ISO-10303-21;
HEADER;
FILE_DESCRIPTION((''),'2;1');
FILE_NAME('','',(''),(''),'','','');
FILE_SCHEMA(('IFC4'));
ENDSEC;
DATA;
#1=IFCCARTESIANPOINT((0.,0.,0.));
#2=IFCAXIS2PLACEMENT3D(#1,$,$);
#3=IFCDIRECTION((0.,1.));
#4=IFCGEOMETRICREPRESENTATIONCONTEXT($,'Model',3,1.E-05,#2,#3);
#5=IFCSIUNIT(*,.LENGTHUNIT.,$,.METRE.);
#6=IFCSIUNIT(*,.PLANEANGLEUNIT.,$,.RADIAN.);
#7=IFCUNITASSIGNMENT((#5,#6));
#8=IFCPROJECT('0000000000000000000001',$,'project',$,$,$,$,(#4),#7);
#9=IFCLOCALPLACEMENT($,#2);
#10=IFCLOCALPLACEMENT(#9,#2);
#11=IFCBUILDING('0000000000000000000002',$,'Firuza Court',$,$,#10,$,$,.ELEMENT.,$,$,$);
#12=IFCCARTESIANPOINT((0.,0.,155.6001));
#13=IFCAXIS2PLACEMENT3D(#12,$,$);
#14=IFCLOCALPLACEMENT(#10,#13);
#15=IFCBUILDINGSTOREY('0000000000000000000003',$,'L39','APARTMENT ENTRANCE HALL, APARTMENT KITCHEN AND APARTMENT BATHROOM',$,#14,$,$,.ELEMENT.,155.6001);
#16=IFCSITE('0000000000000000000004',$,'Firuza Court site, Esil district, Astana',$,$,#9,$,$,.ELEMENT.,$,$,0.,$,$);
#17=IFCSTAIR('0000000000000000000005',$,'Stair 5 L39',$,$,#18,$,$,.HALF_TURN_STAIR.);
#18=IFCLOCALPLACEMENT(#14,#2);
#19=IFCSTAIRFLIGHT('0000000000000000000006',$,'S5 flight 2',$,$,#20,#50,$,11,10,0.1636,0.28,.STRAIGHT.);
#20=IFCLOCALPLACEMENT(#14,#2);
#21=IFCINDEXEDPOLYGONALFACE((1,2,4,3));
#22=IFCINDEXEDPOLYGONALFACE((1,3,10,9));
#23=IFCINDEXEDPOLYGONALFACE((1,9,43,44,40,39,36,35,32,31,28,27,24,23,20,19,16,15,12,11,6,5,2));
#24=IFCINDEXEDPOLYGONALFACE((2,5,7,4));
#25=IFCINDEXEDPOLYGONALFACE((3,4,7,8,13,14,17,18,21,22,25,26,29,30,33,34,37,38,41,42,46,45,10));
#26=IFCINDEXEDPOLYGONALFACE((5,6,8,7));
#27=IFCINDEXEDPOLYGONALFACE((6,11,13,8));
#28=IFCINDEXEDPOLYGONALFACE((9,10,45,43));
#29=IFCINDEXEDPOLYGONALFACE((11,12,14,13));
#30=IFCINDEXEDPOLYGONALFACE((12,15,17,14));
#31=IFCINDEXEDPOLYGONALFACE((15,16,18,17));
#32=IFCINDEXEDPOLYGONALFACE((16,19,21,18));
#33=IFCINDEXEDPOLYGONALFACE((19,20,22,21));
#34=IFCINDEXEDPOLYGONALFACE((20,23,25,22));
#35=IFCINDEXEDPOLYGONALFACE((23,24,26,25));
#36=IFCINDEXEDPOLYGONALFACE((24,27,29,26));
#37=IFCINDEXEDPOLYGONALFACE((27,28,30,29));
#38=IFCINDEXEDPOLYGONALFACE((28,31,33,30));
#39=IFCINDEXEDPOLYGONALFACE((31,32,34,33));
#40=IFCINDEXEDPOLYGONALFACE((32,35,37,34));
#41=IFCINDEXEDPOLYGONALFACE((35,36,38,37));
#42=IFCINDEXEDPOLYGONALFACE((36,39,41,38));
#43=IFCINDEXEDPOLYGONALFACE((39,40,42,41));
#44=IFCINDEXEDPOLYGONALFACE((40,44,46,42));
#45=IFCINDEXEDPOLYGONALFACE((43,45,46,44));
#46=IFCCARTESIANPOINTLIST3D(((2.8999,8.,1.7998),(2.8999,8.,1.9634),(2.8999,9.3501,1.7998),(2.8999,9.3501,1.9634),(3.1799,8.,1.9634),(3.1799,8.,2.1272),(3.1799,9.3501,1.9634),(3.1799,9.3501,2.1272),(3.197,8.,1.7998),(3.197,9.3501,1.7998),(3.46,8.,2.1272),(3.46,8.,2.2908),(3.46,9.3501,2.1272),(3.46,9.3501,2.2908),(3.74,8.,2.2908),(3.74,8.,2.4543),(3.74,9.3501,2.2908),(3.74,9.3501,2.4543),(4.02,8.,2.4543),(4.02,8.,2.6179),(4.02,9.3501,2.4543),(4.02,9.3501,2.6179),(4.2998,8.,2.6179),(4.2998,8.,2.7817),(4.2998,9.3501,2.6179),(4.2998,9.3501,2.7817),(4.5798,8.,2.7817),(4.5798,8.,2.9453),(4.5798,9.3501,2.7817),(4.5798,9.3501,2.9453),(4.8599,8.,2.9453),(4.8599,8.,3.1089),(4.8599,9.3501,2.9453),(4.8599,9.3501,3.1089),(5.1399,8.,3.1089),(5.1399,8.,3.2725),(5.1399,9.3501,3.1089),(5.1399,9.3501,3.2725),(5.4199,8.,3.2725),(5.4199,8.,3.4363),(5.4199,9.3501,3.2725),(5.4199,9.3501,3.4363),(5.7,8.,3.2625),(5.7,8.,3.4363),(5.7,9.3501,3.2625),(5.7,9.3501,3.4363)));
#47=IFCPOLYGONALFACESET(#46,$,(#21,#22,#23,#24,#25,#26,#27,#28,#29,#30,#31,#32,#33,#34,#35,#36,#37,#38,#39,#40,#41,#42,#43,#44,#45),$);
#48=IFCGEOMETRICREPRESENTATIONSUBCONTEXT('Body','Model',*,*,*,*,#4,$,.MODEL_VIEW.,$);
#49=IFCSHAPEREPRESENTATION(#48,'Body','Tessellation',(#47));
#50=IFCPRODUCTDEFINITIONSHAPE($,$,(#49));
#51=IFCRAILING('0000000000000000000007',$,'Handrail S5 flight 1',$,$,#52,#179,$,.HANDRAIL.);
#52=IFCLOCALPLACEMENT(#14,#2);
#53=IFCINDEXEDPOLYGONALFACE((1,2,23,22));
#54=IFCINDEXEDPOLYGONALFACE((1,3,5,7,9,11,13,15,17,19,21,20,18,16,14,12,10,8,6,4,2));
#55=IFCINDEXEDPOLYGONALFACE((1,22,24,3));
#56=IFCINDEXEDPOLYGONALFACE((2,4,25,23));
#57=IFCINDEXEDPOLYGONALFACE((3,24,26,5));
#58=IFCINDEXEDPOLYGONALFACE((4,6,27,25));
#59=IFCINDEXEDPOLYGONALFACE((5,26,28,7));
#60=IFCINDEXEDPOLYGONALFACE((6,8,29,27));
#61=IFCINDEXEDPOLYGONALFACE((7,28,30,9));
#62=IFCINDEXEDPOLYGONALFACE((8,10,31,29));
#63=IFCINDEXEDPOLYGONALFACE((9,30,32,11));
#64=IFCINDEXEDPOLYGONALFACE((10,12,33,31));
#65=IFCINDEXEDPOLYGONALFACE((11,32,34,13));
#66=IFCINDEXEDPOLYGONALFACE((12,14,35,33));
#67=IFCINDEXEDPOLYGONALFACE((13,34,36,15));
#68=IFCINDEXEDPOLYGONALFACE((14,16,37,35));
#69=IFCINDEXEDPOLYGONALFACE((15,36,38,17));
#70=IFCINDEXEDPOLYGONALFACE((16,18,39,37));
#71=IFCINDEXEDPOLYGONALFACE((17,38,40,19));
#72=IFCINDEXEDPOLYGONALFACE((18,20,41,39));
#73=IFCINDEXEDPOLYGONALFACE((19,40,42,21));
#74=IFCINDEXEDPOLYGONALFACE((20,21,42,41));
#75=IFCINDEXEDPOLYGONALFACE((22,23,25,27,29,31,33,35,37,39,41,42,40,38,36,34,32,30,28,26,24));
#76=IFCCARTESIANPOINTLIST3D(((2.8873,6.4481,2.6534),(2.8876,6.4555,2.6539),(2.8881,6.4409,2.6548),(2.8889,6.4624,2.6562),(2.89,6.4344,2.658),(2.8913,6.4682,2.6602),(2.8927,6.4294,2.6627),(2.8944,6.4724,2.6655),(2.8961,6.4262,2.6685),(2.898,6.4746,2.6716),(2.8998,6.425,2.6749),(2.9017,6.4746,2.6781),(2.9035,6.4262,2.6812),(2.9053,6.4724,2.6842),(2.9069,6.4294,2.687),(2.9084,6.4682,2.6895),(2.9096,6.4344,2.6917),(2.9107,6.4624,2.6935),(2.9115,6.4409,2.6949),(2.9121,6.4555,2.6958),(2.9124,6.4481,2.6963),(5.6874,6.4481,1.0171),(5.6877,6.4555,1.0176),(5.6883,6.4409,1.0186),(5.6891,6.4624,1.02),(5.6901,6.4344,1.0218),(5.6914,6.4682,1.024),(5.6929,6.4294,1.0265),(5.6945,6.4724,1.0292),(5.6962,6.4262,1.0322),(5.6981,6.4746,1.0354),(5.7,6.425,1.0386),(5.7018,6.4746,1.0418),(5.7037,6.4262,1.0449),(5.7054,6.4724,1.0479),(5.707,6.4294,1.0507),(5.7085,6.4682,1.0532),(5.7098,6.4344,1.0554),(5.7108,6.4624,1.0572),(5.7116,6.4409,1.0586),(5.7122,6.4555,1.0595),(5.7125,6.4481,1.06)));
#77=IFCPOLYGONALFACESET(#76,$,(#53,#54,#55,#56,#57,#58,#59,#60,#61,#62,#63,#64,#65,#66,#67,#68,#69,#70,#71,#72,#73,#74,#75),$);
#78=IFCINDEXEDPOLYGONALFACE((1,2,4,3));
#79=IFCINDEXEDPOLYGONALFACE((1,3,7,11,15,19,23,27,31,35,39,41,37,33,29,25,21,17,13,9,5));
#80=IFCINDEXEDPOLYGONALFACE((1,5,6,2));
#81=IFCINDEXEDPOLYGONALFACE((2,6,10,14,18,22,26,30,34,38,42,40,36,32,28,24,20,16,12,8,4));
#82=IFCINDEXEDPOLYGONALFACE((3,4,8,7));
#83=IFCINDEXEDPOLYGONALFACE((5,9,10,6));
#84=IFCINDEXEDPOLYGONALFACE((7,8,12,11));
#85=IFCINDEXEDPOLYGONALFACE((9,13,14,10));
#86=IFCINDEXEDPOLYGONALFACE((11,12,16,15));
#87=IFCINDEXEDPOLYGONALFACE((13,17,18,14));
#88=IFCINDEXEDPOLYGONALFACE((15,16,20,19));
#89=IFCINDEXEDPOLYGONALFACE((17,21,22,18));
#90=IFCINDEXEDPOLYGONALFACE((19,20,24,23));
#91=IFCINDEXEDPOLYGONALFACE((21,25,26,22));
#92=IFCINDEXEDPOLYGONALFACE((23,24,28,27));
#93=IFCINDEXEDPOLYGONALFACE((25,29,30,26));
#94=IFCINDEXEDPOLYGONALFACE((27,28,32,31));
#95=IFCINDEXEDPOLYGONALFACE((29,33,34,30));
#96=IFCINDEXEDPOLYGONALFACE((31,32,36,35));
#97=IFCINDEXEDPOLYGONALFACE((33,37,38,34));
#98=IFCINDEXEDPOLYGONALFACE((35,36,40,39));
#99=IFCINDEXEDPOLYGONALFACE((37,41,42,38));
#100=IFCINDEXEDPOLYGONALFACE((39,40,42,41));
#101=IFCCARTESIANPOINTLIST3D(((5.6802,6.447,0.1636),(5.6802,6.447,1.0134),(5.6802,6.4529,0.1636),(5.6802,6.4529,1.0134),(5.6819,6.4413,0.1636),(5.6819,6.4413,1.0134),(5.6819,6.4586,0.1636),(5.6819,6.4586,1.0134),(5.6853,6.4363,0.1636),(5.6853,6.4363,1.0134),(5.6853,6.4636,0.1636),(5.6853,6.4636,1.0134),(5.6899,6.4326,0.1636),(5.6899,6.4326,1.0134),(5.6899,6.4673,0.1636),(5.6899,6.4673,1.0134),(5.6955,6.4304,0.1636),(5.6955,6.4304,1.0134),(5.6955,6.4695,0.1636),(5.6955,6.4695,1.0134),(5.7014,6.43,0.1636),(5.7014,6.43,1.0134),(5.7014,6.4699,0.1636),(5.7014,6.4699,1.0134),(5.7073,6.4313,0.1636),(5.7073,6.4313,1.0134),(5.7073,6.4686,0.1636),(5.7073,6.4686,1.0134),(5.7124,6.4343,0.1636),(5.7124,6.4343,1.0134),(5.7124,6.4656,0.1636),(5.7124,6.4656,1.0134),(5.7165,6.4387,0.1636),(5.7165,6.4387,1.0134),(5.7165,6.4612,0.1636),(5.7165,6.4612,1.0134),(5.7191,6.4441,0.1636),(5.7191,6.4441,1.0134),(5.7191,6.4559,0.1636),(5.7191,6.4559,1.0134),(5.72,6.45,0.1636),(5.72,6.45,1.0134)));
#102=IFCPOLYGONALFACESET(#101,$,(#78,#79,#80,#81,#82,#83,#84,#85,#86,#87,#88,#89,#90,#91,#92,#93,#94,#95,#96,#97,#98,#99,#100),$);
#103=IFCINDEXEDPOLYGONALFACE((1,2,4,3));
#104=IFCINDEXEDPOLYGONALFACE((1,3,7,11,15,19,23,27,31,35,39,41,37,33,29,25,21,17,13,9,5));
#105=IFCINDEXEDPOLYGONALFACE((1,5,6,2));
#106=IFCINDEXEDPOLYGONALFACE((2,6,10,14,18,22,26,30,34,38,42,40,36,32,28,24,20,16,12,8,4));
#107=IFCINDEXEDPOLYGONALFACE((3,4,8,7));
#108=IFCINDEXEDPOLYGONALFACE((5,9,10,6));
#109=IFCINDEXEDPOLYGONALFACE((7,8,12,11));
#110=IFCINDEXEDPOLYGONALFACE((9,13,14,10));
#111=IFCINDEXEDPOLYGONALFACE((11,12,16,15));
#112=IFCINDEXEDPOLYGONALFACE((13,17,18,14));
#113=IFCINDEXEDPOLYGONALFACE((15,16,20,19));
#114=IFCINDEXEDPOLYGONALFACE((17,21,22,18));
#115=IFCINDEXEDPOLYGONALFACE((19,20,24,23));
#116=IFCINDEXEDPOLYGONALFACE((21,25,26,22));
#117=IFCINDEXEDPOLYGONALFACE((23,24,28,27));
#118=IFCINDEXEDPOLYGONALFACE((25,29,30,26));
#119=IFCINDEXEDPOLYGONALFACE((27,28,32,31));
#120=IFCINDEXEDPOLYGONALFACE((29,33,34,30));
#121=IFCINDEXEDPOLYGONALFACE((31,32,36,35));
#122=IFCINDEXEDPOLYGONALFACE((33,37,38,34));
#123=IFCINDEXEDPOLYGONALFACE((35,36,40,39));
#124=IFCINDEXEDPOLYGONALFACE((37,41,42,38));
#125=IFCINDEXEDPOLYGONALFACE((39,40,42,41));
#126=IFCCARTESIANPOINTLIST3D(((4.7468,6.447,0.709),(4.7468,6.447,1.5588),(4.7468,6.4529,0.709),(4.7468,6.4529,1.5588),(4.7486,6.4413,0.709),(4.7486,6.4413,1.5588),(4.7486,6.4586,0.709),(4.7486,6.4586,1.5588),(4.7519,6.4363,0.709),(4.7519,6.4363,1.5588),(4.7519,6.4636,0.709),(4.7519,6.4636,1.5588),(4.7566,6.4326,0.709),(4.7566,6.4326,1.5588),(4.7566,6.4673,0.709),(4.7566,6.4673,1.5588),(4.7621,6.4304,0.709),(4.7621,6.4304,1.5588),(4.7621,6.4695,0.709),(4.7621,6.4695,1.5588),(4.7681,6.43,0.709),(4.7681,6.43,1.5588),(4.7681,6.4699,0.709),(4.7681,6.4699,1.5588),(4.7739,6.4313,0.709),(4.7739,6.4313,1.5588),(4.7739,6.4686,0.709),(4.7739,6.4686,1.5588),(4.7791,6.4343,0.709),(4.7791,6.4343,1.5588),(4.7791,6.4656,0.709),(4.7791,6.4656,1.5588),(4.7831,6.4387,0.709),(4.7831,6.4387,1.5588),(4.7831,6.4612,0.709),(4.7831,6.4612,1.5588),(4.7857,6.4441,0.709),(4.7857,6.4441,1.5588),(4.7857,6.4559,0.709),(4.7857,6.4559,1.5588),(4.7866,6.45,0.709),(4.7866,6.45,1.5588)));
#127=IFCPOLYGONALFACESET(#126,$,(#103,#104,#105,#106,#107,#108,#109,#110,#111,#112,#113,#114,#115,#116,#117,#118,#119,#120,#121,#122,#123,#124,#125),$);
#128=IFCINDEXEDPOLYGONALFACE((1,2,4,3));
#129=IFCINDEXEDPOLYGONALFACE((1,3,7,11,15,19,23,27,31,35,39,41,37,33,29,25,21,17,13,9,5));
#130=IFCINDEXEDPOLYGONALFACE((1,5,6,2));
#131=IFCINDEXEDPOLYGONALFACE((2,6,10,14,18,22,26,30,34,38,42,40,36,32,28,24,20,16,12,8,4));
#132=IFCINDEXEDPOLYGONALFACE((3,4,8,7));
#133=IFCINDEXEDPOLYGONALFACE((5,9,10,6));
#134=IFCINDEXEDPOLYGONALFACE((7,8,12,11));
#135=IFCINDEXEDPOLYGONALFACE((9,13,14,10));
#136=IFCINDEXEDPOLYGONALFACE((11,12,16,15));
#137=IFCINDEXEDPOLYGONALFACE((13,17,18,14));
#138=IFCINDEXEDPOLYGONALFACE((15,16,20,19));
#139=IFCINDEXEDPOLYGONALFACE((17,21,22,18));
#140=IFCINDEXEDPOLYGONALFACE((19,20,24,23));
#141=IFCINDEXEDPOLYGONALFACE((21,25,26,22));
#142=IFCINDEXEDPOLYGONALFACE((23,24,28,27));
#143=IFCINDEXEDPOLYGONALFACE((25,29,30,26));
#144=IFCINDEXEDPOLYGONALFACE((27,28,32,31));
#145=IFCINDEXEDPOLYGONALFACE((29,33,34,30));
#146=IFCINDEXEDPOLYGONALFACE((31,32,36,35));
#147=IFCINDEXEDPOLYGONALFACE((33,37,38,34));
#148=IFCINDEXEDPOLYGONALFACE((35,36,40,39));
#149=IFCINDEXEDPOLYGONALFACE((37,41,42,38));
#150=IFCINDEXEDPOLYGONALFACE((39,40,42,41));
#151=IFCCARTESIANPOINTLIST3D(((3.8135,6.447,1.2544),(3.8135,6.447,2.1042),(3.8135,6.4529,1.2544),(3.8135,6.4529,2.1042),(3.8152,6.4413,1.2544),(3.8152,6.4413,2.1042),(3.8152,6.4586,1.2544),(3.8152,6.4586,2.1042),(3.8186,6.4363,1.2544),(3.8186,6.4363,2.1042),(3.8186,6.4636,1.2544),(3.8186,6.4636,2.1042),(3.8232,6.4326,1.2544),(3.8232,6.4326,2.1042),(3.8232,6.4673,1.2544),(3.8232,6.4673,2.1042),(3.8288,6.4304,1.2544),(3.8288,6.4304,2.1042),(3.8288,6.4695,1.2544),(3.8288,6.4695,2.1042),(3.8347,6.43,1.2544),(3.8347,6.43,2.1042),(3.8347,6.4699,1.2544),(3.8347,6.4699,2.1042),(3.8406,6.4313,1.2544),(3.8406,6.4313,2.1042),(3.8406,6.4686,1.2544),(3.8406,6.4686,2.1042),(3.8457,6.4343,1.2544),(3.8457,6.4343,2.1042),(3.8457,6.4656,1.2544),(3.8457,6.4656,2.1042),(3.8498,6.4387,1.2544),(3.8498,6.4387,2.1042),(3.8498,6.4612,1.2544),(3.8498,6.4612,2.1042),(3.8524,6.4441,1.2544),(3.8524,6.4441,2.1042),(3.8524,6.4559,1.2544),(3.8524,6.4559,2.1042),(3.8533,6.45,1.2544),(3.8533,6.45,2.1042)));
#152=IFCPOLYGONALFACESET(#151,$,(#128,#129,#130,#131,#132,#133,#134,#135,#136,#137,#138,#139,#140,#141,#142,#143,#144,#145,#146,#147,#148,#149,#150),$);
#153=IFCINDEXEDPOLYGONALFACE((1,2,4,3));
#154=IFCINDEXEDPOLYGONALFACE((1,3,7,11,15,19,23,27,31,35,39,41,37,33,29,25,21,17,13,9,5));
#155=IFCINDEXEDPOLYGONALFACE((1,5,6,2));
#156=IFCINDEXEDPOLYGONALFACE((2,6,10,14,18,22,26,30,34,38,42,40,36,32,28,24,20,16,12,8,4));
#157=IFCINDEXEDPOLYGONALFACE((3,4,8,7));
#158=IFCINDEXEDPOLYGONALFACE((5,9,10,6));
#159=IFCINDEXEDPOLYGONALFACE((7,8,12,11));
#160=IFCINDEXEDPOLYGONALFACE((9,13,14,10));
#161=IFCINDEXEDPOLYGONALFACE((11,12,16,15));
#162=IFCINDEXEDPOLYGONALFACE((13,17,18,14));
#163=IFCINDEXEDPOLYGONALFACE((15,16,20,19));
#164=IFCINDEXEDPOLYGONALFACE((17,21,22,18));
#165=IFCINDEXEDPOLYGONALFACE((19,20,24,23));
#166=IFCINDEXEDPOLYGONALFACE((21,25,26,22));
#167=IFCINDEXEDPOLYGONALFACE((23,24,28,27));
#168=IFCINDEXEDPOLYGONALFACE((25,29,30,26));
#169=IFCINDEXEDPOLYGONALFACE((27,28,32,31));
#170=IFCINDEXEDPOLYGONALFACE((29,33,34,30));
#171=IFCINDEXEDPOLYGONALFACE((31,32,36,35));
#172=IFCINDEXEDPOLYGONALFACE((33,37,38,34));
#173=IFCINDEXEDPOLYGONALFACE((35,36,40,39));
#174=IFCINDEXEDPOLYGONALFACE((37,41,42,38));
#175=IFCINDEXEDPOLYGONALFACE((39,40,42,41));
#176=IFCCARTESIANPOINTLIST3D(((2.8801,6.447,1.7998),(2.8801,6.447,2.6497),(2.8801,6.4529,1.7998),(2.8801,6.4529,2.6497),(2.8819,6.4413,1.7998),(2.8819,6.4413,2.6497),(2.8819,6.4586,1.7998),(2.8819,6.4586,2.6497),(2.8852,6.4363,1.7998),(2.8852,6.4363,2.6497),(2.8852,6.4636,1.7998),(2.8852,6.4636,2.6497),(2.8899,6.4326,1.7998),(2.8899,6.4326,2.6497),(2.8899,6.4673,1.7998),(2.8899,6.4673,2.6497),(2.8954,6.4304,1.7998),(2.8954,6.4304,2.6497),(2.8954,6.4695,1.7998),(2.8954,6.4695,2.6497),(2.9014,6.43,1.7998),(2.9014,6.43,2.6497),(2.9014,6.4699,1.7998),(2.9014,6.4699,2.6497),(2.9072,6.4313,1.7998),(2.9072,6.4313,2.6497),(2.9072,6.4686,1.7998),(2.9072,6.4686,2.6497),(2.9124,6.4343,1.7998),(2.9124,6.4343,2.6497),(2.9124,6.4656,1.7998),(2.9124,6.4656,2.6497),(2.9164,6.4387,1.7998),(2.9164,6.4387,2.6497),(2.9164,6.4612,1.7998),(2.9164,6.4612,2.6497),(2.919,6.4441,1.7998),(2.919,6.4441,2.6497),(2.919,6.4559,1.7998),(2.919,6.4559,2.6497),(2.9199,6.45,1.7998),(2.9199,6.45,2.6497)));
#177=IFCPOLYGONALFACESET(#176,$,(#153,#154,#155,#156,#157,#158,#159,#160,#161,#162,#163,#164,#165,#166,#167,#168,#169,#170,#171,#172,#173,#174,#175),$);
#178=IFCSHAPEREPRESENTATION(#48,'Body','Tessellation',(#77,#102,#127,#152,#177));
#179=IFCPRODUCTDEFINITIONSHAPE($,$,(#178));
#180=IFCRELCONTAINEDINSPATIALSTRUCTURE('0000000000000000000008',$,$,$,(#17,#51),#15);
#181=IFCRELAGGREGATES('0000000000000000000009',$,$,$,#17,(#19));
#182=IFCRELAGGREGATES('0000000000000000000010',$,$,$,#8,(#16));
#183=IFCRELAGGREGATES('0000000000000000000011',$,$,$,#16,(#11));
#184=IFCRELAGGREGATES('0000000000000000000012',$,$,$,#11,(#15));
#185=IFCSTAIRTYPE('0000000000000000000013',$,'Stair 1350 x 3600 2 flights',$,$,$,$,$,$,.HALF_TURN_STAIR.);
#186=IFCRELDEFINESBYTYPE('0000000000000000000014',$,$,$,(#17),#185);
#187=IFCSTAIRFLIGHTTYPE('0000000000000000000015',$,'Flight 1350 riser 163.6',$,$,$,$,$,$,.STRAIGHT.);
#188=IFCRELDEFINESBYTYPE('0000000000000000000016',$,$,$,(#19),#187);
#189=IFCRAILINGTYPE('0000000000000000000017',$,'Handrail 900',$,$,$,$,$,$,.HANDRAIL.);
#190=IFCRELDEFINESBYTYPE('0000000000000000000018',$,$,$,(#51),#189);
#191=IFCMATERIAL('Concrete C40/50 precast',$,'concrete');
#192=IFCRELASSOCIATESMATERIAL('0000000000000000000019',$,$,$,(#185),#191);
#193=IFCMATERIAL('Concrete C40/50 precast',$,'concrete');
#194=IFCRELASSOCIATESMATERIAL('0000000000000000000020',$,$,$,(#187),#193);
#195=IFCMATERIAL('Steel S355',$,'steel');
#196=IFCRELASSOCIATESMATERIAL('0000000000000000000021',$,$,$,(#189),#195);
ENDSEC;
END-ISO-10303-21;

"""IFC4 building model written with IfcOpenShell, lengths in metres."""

from ifc_helpers import new_model, si_unit, direction, frame, origin, origin_2d, place, context, subcontext, project, spatial, polyline, circle, outline, extrude, material, type_object, element, aggregate, save


model = new_model("IFC4")

# Units and contexts
model_context = context("Model", 3, precision=1e-05, world=origin(), true_north=direction((0.0, 1.0)))
body_context = subcontext(model_context, "Body", "Model", "MODEL_VIEW")
ifc_project = project(units=[si_unit("LENGTHUNIT", "METRE"), si_unit("PLANEANGLEUNIT", "RADIAN")], contexts=[model_context])

# Site, building, storey
site_placement = place(None, origin())
site = spatial("IfcSite", under=ifc_project, at=site_placement, Name="Firuza Court site, Esil district, Astana", CompositionType="ELEMENT", RefElevation=0.0)
building_placement = place(site_placement, origin())
building = spatial("IfcBuilding", under=site, at=building_placement, Name="Firuza Court", CompositionType="ELEMENT")
storey_placement = place(building_placement, frame((0.0, 0.0, 155.6001)))
storey = spatial("IfcBuildingStorey", under=building, at=storey_placement, Name="L39", Description="APARTMENT ENTRANCE HALL, APARTMENT KITCHEN AND APARTMENT BATHROOM", CompositionType="ELEMENT", Elevation=155.6001)

# Stair, stair flight
ifc_material_1 = material(Name="Concrete C40/50 precast", Category="concrete")
stair_type = type_object("IfcStairType", Name="Stair 1350 x 3600 2 flights", PredefinedType="HALF_TURN_STAIR", material=ifc_material_1)
stair_placement = place(storey_placement, origin())
stair = element("IfcStair", 1, at=stair_placement, inside=storey, type_object=stair_type, Name="Stair 5 L39", PredefinedType="HALF_TURN_STAIR")
ifc_material_2 = material(Name="Concrete C40/50 precast", Category="concrete")
stair_flight_type = type_object("IfcStairFlightType", Name="Flight 1350 riser 163.6", PredefinedType="STRAIGHT", material=ifc_material_2)
stair_flight_1_placement = place(storey_placement, frame((2.8999, 8.675, 1.7998), z_axis=(0.0, 0.0, 1.0), x_axis=(1.0, 0.0, 0.0)))
stair_flight_1 = element("IfcStairFlight", 2, at=stair_flight_1_placement, type_object=stair_flight_type, Name="S5 flight 2", NumberOfRisers=11, NumberOfTreads=10, PredefinedType="STRAIGHT", RiserHeight=0.1636, TreadLength=0.28, context=body_context, shape_type="SweptSolid", body=[
    extrude(outline(polyline([(0.0, 0.0), (0.0, 0.1636), (0.28, 0.1636), (0.28, 0.3274), (0.5601, 0.3274), (0.5601, 0.491), (0.8401, 0.491), (0.8401, 0.6545), (1.1201, 0.6545), (1.1201, 0.8181), (1.3999, 0.8181), (1.3999, 0.9819), (1.6799, 0.9819), (1.6799, 1.1455), (1.96, 1.1455), (1.96, 1.3091), (2.24, 1.3091), (2.24, 1.4727), (2.52, 1.4727), (2.52, 1.6365), (2.8, 1.6365), (2.8, 1.8), (2.8, 1.4626), (0.2971, 0.0), (0.0, 0.0)])), frame((0.0, 0.675, 0.0), z_axis=(0.0, -1.0, 0.0), x_axis=(1.0, 0.0, 0.0)), (0.0, 0.0, 1.0), 1.3501),
])
aggregate(stair, [stair_flight_1])

# Railing
ifc_material_3 = material(Name="Steel S355", Category="steel")
railing_type_1 = type_object("IfcRailingType", Name="Handrail 900", PredefinedType="HANDRAIL", material=ifc_material_3)
railing_1_placement = place(storey_placement, frame((5.7, 6.45, 0.1636)))
element("IfcRailing", 3, at=railing_1_placement, inside=storey, type_object=railing_type_1, Name="Handrail S5 flight 1", PredefinedType="HANDRAIL", context=body_context, shape_type="SweptSolid", body=[
    extrude(circle(Radius=0.0249, at=origin_2d()), frame((0.0, 0.0, 0.875), z_axis=(-0.863394, 0.0, 0.504531), x_axis=(0.0, -1.0, 0.0)), (0.0, 0.0, 1.0), 3.2432),
    extrude(circle(Radius=0.02, at=origin_2d()), origin(), (0.0, 0.0, 1.0), 0.8499),
    extrude(circle(Radius=0.02, at=origin_2d()), frame((-0.9333, 0.0, 0.5454)), (0.0, 0.0, 1.0), 0.8499),
    extrude(circle(Radius=0.02, at=origin_2d()), frame((-1.8667, 0.0, 1.0908)), (0.0, 0.0, 1.0), 0.8499),
    extrude(circle(Radius=0.02, at=origin_2d()), frame((-2.8, 0.0, 1.6362)), (0.0, 0.0, 1.0), 0.8499),
])

save(model, "model.ifc")
